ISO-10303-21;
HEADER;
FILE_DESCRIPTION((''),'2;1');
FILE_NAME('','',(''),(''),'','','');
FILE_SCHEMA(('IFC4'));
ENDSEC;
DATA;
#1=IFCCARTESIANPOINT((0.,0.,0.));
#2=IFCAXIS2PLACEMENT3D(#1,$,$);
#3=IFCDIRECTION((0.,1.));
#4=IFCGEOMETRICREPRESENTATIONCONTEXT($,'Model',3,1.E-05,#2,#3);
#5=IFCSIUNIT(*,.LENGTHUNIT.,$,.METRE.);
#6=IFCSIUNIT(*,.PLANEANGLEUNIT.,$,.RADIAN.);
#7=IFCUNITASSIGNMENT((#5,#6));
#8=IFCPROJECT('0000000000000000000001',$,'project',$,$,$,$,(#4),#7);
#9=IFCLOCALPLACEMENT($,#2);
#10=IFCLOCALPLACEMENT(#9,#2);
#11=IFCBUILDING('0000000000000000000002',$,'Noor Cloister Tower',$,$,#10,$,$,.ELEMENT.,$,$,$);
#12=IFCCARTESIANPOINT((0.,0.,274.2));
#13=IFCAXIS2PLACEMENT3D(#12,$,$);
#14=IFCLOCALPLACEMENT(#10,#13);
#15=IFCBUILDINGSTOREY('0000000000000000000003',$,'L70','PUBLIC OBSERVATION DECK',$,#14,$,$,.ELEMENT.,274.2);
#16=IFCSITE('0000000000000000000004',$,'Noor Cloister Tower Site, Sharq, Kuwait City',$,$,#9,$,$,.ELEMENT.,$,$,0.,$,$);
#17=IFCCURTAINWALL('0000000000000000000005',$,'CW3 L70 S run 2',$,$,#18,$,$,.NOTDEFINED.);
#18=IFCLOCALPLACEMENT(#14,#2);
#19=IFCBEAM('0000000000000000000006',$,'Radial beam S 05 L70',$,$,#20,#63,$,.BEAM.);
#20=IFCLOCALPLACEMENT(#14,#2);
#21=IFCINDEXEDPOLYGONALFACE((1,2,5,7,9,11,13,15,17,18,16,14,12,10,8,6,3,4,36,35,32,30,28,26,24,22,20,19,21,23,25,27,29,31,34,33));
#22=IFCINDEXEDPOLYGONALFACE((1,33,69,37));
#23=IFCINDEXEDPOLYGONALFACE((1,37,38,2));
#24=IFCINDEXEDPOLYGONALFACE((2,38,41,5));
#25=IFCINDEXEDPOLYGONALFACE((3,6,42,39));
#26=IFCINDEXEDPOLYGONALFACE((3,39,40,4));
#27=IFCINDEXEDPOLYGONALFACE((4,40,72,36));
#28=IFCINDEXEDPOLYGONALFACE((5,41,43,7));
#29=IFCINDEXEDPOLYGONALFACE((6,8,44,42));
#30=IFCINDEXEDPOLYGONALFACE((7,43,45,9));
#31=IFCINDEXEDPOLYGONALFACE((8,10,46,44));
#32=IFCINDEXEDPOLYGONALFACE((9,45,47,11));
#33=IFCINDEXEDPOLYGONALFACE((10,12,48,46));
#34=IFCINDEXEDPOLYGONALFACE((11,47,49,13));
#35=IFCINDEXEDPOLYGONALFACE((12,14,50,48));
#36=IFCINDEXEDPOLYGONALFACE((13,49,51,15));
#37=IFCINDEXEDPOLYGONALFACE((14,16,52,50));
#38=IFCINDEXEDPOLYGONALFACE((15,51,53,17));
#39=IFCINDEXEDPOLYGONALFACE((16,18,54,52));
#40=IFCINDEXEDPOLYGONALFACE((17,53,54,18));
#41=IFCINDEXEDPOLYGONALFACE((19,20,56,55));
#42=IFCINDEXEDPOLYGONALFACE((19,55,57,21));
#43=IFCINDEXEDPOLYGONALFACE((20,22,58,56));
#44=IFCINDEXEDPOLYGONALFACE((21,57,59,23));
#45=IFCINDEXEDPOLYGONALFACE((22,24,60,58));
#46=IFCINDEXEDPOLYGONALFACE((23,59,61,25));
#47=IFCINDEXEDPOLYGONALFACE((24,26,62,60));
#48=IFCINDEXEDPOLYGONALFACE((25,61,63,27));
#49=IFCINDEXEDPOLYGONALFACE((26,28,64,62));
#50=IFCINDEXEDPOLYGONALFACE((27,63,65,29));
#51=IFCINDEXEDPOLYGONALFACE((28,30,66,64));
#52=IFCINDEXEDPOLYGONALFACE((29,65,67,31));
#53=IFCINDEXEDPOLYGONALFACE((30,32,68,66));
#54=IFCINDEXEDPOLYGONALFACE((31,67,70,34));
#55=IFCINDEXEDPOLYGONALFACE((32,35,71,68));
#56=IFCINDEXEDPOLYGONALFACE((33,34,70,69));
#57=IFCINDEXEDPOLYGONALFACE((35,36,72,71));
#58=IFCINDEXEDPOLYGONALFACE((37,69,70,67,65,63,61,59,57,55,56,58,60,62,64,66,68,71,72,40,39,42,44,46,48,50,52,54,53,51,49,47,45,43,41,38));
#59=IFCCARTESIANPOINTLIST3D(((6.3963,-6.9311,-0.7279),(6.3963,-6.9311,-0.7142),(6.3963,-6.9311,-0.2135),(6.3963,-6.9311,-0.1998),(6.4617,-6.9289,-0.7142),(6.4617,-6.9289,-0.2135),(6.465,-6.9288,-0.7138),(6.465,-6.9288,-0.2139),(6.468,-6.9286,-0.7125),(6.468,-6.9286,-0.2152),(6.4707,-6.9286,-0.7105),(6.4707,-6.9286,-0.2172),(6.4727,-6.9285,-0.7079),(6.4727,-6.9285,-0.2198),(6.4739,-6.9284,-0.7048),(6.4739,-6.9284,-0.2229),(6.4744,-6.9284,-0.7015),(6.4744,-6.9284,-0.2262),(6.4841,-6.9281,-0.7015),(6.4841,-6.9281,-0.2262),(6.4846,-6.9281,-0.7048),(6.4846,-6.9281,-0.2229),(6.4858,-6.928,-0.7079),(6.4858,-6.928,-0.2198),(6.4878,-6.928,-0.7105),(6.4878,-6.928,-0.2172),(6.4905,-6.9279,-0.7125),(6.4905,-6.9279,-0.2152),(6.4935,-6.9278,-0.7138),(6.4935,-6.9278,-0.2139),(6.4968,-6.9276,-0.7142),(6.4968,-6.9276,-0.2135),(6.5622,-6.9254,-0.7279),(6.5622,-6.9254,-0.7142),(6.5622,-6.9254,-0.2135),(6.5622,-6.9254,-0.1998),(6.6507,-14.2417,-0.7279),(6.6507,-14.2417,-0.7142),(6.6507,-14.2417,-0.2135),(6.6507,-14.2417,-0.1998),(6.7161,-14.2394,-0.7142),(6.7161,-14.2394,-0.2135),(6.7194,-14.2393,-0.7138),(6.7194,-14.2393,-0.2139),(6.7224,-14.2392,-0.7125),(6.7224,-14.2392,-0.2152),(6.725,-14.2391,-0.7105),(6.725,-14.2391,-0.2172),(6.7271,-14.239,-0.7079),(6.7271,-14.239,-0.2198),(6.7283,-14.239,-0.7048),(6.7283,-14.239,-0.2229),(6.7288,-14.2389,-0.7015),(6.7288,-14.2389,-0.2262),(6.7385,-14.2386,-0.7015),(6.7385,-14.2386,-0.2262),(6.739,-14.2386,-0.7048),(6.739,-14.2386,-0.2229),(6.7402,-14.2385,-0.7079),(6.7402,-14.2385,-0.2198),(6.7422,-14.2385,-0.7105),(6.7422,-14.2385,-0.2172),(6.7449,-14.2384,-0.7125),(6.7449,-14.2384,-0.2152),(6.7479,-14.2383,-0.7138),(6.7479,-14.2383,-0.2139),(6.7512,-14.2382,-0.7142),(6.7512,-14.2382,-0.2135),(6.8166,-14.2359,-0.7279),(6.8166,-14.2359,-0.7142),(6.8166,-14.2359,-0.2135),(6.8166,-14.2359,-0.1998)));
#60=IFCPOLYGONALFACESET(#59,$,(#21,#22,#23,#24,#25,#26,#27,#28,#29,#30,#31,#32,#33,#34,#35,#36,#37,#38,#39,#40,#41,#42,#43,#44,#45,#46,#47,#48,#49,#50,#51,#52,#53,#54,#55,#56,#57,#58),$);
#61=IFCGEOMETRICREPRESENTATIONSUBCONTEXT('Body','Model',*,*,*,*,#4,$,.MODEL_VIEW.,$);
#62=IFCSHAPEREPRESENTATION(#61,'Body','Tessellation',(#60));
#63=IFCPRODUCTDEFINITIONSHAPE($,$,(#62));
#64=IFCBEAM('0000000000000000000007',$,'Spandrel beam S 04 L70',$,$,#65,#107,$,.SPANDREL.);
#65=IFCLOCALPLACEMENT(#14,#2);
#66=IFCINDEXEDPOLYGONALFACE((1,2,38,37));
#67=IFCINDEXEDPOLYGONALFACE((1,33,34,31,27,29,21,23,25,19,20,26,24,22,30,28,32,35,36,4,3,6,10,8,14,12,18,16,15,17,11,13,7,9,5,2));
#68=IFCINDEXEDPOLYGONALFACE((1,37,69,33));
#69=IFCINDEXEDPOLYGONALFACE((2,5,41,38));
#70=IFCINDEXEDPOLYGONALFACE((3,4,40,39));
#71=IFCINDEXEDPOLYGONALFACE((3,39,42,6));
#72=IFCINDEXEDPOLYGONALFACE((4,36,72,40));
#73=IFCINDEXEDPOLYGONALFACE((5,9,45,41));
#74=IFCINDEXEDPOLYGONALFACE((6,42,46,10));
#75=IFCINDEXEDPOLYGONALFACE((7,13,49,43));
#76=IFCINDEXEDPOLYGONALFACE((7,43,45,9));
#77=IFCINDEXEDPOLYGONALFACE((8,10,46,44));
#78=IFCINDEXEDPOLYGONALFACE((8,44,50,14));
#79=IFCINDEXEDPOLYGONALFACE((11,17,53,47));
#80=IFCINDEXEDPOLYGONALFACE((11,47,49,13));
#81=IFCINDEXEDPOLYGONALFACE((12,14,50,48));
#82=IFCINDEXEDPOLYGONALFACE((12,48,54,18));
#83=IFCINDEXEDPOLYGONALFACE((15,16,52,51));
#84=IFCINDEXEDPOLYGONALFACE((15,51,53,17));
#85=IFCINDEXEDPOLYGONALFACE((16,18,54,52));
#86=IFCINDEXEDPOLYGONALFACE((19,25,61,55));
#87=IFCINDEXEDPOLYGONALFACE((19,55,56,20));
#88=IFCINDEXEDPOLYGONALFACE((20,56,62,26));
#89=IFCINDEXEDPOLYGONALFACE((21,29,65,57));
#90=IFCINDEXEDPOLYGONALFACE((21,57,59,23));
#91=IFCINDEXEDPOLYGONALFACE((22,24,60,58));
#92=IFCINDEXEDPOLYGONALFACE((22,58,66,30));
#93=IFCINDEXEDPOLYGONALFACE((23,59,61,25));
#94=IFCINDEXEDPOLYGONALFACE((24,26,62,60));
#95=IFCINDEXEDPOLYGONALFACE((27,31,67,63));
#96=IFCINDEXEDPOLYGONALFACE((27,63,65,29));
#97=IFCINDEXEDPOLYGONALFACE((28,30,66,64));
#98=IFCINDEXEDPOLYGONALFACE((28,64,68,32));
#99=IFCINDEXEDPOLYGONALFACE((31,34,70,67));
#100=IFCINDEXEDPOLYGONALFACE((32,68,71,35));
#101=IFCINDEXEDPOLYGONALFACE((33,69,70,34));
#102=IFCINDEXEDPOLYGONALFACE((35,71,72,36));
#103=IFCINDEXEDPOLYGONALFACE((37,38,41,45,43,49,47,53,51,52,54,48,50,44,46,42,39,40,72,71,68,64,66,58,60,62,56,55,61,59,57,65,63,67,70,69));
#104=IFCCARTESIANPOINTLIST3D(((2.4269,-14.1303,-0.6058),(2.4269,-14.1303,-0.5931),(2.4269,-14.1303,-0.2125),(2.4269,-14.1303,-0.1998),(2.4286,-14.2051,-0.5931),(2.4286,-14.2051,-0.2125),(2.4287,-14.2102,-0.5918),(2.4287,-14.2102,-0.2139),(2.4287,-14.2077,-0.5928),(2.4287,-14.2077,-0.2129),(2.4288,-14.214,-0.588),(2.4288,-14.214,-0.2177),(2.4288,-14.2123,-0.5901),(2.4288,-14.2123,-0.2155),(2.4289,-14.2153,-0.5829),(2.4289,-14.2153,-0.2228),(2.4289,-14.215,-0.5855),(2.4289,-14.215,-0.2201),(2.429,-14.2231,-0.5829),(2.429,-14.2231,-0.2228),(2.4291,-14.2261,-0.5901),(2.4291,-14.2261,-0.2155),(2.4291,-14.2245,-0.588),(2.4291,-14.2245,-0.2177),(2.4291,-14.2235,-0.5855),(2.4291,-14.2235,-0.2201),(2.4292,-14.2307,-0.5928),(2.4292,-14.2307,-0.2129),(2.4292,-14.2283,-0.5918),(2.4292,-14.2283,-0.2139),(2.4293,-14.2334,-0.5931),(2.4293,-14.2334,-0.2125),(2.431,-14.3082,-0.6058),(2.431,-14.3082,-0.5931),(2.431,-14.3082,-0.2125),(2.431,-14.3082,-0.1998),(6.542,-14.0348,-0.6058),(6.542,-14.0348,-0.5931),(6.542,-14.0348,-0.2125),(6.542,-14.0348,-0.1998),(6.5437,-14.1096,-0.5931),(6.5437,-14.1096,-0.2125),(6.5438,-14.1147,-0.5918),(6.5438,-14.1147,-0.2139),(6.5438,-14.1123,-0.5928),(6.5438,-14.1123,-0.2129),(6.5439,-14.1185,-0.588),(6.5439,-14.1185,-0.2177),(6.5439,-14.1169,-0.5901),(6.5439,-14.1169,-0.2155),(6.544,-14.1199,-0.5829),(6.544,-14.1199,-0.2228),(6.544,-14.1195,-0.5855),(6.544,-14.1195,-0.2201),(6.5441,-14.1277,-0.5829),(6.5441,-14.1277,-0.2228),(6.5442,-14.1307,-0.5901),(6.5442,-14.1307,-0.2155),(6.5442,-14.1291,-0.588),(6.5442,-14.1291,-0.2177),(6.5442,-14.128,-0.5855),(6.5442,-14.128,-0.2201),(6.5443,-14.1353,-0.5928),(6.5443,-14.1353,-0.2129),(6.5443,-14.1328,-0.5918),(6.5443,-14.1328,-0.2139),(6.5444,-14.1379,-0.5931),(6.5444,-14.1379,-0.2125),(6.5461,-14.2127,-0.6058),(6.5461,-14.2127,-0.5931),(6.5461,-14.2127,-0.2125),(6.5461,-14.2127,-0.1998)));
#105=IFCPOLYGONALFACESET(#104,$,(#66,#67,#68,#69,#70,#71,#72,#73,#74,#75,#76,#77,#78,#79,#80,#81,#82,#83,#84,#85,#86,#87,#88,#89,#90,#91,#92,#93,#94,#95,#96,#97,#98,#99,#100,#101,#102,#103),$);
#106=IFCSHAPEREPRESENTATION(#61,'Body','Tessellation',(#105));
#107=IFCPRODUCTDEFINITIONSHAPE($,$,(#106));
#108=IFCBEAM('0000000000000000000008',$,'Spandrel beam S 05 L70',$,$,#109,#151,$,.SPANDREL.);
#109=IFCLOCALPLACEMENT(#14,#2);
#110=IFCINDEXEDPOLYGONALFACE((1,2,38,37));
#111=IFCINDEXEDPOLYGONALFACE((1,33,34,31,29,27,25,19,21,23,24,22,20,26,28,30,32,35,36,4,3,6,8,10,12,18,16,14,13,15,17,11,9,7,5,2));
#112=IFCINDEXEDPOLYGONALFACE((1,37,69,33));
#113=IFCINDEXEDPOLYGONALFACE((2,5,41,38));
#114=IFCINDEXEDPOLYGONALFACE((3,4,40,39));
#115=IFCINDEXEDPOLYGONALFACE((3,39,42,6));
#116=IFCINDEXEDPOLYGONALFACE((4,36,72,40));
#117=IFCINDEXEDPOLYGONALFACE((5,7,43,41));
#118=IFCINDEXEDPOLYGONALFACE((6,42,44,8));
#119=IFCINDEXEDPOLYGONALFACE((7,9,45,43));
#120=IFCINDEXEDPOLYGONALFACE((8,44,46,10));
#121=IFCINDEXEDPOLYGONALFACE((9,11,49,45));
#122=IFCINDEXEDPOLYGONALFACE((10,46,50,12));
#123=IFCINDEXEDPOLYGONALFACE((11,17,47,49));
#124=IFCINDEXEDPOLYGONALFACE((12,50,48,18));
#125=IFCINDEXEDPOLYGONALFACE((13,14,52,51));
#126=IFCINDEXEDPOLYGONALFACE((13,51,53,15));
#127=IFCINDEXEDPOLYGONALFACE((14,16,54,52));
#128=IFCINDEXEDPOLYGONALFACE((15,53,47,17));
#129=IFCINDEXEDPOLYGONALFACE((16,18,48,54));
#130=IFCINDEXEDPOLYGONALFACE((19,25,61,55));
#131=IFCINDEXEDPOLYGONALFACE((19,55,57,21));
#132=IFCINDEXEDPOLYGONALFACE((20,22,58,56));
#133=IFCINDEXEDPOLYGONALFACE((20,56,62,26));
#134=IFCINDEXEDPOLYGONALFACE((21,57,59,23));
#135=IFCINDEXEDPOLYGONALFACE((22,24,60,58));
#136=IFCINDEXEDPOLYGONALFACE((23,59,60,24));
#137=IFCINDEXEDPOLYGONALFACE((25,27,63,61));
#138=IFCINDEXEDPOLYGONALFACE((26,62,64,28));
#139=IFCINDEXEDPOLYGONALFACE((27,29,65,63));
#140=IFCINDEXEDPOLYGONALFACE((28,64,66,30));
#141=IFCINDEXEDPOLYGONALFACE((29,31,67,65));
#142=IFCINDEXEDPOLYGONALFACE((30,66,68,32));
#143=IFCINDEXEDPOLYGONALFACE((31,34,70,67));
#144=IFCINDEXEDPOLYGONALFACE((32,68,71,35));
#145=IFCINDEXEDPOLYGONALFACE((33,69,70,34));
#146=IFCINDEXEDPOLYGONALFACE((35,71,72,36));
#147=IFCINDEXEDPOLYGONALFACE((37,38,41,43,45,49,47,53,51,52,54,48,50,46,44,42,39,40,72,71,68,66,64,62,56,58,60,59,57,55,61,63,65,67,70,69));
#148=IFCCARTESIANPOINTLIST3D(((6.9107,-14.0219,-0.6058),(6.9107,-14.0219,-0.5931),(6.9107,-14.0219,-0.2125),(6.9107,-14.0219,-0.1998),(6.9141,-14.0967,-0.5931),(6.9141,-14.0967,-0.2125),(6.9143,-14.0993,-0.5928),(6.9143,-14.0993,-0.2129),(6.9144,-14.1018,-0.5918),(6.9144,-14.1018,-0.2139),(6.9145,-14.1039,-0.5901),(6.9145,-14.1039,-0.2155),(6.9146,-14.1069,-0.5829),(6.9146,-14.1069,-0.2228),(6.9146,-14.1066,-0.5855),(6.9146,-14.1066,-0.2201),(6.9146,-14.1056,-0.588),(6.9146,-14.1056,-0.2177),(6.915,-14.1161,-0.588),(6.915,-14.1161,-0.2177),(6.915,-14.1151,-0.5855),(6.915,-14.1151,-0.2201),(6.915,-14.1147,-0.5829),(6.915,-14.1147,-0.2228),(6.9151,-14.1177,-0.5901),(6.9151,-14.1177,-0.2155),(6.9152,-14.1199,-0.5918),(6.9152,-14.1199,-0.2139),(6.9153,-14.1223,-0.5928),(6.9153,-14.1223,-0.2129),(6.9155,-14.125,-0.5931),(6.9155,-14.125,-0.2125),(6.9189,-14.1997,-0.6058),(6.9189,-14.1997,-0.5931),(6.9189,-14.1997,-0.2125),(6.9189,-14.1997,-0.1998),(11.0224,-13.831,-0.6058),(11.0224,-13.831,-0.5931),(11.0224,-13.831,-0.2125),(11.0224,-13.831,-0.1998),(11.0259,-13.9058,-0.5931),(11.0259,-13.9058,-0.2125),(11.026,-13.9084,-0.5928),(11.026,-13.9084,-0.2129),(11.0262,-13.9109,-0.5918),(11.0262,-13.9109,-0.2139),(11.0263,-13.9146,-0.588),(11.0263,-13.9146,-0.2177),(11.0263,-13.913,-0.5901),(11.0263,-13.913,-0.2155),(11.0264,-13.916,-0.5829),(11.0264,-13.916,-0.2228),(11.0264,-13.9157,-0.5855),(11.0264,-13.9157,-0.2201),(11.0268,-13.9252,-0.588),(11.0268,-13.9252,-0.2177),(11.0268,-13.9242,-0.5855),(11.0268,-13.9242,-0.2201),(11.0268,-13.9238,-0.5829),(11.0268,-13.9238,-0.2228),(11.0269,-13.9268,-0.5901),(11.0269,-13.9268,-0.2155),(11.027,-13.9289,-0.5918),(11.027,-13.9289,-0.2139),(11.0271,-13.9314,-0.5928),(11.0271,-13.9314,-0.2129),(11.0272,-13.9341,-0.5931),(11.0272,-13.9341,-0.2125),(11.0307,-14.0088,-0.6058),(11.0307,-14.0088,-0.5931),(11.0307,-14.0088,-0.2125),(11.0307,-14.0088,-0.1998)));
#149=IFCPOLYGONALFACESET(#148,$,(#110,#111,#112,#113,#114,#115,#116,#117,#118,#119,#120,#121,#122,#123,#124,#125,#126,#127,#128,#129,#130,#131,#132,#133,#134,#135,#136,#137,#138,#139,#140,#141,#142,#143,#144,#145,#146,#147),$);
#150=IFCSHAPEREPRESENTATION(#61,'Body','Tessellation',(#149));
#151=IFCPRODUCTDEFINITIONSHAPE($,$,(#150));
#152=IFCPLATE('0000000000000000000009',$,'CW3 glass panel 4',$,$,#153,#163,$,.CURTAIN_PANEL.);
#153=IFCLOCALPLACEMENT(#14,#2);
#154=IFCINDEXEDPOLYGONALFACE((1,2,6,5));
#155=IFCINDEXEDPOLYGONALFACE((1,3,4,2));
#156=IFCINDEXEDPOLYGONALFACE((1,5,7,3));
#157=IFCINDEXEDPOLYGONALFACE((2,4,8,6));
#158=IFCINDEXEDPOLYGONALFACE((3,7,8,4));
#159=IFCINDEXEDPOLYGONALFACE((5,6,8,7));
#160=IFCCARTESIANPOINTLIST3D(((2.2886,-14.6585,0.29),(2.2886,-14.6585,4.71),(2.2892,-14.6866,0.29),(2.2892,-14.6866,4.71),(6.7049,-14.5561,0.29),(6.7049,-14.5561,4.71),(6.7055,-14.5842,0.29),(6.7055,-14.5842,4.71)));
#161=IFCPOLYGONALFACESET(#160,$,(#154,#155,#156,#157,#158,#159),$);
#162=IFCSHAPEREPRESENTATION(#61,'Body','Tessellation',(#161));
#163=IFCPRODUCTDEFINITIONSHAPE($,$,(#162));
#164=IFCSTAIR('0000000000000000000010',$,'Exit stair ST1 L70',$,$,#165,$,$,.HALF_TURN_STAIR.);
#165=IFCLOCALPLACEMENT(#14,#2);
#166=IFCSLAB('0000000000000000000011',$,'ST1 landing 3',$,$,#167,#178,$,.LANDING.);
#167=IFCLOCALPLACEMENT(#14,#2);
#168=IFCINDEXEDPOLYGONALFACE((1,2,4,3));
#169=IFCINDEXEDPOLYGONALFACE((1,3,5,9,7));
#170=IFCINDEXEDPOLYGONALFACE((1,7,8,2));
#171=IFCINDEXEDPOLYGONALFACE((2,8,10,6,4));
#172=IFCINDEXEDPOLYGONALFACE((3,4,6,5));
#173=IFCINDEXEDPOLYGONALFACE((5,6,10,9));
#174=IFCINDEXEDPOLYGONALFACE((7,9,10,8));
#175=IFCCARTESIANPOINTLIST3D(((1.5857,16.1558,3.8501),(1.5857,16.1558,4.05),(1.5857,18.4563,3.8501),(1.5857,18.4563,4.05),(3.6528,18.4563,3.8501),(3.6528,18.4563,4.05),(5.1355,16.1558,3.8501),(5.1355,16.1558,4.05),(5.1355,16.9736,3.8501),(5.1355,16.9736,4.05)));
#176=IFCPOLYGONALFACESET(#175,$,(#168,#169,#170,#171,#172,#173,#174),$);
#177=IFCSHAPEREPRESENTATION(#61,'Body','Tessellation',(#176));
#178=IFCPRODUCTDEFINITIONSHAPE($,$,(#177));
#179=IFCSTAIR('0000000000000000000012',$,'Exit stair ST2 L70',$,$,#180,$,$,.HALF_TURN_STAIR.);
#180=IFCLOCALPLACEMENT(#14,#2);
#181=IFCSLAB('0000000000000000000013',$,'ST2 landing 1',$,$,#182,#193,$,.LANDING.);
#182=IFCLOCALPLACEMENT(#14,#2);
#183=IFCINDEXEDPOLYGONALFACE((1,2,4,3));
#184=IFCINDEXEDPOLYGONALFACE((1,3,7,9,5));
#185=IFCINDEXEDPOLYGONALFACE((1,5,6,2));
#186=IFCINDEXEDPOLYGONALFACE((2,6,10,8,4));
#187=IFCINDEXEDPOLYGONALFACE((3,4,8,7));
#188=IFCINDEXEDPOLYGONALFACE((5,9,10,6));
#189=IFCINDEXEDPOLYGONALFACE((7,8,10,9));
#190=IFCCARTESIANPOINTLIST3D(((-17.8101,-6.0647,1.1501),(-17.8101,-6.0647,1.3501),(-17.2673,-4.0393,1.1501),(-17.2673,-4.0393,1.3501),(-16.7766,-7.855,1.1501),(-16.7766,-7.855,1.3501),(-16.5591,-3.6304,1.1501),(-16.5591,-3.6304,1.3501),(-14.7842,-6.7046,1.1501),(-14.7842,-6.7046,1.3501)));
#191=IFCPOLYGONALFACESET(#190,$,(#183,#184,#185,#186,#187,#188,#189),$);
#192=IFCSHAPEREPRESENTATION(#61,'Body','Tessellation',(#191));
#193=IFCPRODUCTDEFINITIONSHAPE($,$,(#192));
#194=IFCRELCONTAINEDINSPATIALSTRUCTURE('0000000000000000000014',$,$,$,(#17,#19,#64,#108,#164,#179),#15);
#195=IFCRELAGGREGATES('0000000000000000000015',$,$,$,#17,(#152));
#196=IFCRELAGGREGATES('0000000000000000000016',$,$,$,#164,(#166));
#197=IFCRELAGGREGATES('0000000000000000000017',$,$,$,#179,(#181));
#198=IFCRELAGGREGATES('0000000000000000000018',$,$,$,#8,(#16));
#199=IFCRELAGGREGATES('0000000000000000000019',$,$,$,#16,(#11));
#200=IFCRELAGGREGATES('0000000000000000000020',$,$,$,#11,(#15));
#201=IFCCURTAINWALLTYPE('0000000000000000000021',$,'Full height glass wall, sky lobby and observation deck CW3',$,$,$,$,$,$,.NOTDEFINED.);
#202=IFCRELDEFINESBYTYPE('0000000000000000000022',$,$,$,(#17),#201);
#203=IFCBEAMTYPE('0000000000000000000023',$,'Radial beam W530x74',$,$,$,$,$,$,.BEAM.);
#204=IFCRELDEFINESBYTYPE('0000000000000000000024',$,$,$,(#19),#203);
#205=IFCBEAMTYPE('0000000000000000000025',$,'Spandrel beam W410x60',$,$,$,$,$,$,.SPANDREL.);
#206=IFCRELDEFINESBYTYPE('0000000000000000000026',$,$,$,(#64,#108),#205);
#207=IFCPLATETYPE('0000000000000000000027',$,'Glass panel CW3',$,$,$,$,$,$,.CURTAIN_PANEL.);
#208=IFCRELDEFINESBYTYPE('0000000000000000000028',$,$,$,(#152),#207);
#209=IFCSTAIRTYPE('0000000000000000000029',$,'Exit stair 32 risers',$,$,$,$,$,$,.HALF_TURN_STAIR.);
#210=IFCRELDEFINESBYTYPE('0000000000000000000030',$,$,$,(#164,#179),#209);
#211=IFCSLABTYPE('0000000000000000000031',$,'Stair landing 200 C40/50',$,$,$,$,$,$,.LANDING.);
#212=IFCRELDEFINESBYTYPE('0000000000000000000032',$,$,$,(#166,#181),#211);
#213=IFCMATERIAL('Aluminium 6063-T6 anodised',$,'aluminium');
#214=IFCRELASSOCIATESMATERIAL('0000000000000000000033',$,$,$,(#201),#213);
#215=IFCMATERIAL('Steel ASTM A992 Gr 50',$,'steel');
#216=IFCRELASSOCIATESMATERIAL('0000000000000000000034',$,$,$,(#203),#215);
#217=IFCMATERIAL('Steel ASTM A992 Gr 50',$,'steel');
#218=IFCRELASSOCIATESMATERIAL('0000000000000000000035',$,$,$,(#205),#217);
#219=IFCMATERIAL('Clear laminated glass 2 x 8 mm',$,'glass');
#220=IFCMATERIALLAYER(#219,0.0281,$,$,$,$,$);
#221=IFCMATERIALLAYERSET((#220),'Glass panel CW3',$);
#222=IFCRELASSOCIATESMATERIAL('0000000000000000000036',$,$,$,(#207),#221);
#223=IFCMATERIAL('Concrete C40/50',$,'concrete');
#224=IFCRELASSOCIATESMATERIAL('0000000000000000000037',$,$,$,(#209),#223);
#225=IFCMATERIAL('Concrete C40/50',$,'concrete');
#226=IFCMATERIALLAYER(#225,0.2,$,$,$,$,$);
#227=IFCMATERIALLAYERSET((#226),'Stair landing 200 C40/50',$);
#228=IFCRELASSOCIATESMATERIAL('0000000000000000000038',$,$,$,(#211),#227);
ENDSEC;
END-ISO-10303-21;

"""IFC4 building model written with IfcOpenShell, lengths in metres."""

from ifc_helpers import new_model, si_unit, direction, frame, origin, origin_2d, place, context, subcontext, project, spatial, polyline, rectangle, i_section, outline, extrude, material, layer, layer_set, material_profile, profile_set, type_object, element, aggregate, save


model = new_model("IFC4")

# Units and contexts
model_context = context("Model", 3, precision=1e-05, world=origin(), true_north=direction((0.0, 1.0)))
body_context = subcontext(model_context, "Body", "Model", "MODEL_VIEW")
ifc_project = project(units=[si_unit("LENGTHUNIT", "METRE"), si_unit("PLANEANGLEUNIT", "RADIAN")], contexts=[model_context])

# Site, building, storey
site_placement = place(None, origin())
site = spatial("IfcSite", under=ifc_project, at=site_placement, Name="Noor Cloister Tower Site, Sharq, Kuwait City", CompositionType="ELEMENT", RefElevation=0.0)
building_placement = place(site_placement, origin())
building = spatial("IfcBuilding", under=site, at=building_placement, Name="Noor Cloister Tower", CompositionType="ELEMENT")
storey_placement = place(building_placement, frame((0.0, 0.0, 274.2)))
storey = spatial("IfcBuildingStorey", under=building, at=storey_placement, Name="L70", Description="PUBLIC OBSERVATION DECK", CompositionType="ELEMENT", Elevation=274.2)

# Curtain wall
ifc_material_1 = material(Name="Aluminium 6063-T6 anodised", Category="aluminium")
curtain_wall_type = type_object("IfcCurtainWallType", Name="Full height glass wall, sky lobby and observation deck CW3", PredefinedType="NOTDEFINED", material=ifc_material_1)
curtain_wall_placement = place(storey_placement, origin())
curtain_wall = element("IfcCurtainWall", 1, at=curtain_wall_placement, inside=storey, type_object=curtain_wall_type, Name="CW3 L70 S run 2", PredefinedType="NOTDEFINED")

# Beams
ifc_material_2 = material(Name="Steel ASTM A992 Gr 50", Category="steel")
ifc_material_profile_1 = material_profile(ifc_material_2, i_section(OverallWidth=0.166, OverallDepth=0.5281, WebThickness=0.0098, FlangeThickness=0.0137, FilletRadius=0.0127, at=origin_2d()), Name="W530x74")
ifc_profile_set_1 = profile_set([ifc_material_profile_1], Name="Steel ASTM A992 Gr 50")
beam_type_1 = type_object("IfcBeamType", Name="Radial beam W530x74", PredefinedType="BEAM", material=ifc_profile_set_1)
beam_1_placement = place(storey_placement, frame((6.7336, -14.2388, -0.4639), z_axis=(-0.034777, 0.999395, 0.0), x_axis=(-0.999395, -0.034777, 0.0)))
element("IfcBeam", 2, at=beam_1_placement, inside=storey, type_object=beam_type_1, Name="Radial beam S 05 L70", PredefinedType="BEAM", context=body_context, shape_type="SweptSolid", body=[
    extrude(i_section(OverallWidth=0.166, OverallDepth=0.5281, WebThickness=0.0098, FlangeThickness=0.0137, FilletRadius=0.0127, at=origin_2d()), origin(), (0.0, 0.0, 1.0), 7.3149),
])
ifc_material_3 = material(Name="Steel ASTM A992 Gr 50", Category="steel")
ifc_material_profile_2 = material_profile(ifc_material_3, i_section(OverallWidth=0.178, OverallDepth=0.406, WebThickness=0.0078, FlangeThickness=0.0127, FilletRadius=0.0103, at=origin_2d()), Name="W410x60")
ifc_profile_set_2 = profile_set([ifc_material_profile_2], Name="Steel ASTM A992 Gr 50")
beam_type_2 = type_object("IfcBeamType", Name="Spandrel beam W410x60", PredefinedType="SPANDREL", material=ifc_profile_set_2)
for number, where, z_axis, x_axis, name in (
    (3, (2.429, -14.2192, -0.4028), (0.999731, 0.023192, 0.0), (-0.023192, 0.999731, 0.0), "Spandrel beam S 04 L70"),
    (4, (6.9148, -14.1108, -0.4028), (0.998924, 0.046382, 0.0), (-0.046382, 0.998924, 0.0), "Spandrel beam S 05 L70"),
):
    element("IfcBeam", number, at=place(storey_placement, frame(where, z_axis=z_axis, x_axis=x_axis)), inside=storey, type_object=beam_type_2, Name=name, PredefinedType="SPANDREL", context=body_context, shape_type="SweptSolid", body=[
        extrude(i_section(OverallWidth=0.178, OverallDepth=0.406, WebThickness=0.0078, FlangeThickness=0.0127, FilletRadius=0.0103, at=origin_2d()), origin(), (0.0, 0.0, 1.0), 4.1162),
    ])

# Plate
ifc_material_4 = material(Name="Clear laminated glass 2 x 8 mm", Category="glass")
ifc_layer_1 = layer(ifc_material_4, 0.0281)
ifc_layer_set_1 = layer_set([ifc_layer_1], Name="Glass panel CW3")
plate_type = type_object("IfcPlateType", Name="Glass panel CW3", PredefinedType="CURTAIN_PANEL", material=ifc_layer_set_1)
plate_placement = place(storey_placement, frame((4.4971, -14.6213, 0.29), z_axis=(0.0, 0.0, 1.0), x_axis=(0.999731, 0.02319, 0.0)))
plate = element("IfcPlate", 5, at=plate_placement, type_object=plate_type, Name="CW3 glass panel 4", PredefinedType="CURTAIN_PANEL", context=body_context, shape_type="SweptSolid", body=[
    extrude(rectangle(XDim=4.4175, YDim=0.0281, at=origin_2d()), origin(), (0.0, 0.0, 1.0), 4.4199),
])
aggregate(curtain_wall, [plate])

# Stair, slab
ifc_material_5 = material(Name="Concrete C40/50", Category="concrete")
stair_type = type_object("IfcStairType", Name="Exit stair 32 risers", PredefinedType="HALF_TURN_STAIR", material=ifc_material_5)
stair_1_placement = place(storey_placement, origin())
stair_1 = element("IfcStair", 6, at=stair_1_placement, inside=storey, type_object=stair_type, Name="Exit stair ST1 L70", PredefinedType="HALF_TURN_STAIR")
ifc_material_6 = material(Name="Concrete C40/50", Category="concrete")
ifc_layer_2 = layer(ifc_material_6, 0.2)
ifc_layer_set_2 = layer_set([ifc_layer_2], Name="Stair landing 200 C40/50")
slab_type = type_object("IfcSlabType", Name="Stair landing 200 C40/50", PredefinedType="LANDING", material=ifc_layer_set_2)
slab_1_placement = place(storey_placement, frame((0.0, 0.0, 3.8501)))
slab_1 = element("IfcSlab", 7, at=slab_1_placement, type_object=slab_type, Name="ST1 landing 3", PredefinedType="LANDING", context=body_context, shape_type="SweptSolid", body=[
    extrude(outline(polyline([(5.1355, 16.1558), (5.1355, 16.9736), (3.6528, 18.4563), (1.5857, 18.4563), (1.5857, 16.1558), (5.1355, 16.1558)])), origin(), (0.0, 0.0, 1.0), 0.2),
])
aggregate(stair_1, [slab_1])

# Stair, slab
stair_2_placement = place(storey_placement, origin())
stair_2 = element("IfcStair", 8, at=stair_2_placement, inside=storey, type_object=stair_type, Name="Exit stair ST2 L70", PredefinedType="HALF_TURN_STAIR")
slab_2_placement = place(storey_placement, frame((0.0, 0.0, 1.1501)))
slab_2 = element("IfcSlab", 9, at=slab_2_placement, type_object=slab_type, Name="ST2 landing 1", PredefinedType="LANDING", context=body_context, shape_type="SweptSolid", body=[
    extrude(outline(polyline([(-16.5591, -3.6304), (-17.2673, -4.0393), (-17.8101, -6.0647), (-16.7766, -7.855), (-14.7842, -6.7046), (-16.5591, -3.6304)])), origin(), (0.0, 0.0, 1.0), 0.2),
])
aggregate(stair_2, [slab_2])

save(model, "model.ifc")
